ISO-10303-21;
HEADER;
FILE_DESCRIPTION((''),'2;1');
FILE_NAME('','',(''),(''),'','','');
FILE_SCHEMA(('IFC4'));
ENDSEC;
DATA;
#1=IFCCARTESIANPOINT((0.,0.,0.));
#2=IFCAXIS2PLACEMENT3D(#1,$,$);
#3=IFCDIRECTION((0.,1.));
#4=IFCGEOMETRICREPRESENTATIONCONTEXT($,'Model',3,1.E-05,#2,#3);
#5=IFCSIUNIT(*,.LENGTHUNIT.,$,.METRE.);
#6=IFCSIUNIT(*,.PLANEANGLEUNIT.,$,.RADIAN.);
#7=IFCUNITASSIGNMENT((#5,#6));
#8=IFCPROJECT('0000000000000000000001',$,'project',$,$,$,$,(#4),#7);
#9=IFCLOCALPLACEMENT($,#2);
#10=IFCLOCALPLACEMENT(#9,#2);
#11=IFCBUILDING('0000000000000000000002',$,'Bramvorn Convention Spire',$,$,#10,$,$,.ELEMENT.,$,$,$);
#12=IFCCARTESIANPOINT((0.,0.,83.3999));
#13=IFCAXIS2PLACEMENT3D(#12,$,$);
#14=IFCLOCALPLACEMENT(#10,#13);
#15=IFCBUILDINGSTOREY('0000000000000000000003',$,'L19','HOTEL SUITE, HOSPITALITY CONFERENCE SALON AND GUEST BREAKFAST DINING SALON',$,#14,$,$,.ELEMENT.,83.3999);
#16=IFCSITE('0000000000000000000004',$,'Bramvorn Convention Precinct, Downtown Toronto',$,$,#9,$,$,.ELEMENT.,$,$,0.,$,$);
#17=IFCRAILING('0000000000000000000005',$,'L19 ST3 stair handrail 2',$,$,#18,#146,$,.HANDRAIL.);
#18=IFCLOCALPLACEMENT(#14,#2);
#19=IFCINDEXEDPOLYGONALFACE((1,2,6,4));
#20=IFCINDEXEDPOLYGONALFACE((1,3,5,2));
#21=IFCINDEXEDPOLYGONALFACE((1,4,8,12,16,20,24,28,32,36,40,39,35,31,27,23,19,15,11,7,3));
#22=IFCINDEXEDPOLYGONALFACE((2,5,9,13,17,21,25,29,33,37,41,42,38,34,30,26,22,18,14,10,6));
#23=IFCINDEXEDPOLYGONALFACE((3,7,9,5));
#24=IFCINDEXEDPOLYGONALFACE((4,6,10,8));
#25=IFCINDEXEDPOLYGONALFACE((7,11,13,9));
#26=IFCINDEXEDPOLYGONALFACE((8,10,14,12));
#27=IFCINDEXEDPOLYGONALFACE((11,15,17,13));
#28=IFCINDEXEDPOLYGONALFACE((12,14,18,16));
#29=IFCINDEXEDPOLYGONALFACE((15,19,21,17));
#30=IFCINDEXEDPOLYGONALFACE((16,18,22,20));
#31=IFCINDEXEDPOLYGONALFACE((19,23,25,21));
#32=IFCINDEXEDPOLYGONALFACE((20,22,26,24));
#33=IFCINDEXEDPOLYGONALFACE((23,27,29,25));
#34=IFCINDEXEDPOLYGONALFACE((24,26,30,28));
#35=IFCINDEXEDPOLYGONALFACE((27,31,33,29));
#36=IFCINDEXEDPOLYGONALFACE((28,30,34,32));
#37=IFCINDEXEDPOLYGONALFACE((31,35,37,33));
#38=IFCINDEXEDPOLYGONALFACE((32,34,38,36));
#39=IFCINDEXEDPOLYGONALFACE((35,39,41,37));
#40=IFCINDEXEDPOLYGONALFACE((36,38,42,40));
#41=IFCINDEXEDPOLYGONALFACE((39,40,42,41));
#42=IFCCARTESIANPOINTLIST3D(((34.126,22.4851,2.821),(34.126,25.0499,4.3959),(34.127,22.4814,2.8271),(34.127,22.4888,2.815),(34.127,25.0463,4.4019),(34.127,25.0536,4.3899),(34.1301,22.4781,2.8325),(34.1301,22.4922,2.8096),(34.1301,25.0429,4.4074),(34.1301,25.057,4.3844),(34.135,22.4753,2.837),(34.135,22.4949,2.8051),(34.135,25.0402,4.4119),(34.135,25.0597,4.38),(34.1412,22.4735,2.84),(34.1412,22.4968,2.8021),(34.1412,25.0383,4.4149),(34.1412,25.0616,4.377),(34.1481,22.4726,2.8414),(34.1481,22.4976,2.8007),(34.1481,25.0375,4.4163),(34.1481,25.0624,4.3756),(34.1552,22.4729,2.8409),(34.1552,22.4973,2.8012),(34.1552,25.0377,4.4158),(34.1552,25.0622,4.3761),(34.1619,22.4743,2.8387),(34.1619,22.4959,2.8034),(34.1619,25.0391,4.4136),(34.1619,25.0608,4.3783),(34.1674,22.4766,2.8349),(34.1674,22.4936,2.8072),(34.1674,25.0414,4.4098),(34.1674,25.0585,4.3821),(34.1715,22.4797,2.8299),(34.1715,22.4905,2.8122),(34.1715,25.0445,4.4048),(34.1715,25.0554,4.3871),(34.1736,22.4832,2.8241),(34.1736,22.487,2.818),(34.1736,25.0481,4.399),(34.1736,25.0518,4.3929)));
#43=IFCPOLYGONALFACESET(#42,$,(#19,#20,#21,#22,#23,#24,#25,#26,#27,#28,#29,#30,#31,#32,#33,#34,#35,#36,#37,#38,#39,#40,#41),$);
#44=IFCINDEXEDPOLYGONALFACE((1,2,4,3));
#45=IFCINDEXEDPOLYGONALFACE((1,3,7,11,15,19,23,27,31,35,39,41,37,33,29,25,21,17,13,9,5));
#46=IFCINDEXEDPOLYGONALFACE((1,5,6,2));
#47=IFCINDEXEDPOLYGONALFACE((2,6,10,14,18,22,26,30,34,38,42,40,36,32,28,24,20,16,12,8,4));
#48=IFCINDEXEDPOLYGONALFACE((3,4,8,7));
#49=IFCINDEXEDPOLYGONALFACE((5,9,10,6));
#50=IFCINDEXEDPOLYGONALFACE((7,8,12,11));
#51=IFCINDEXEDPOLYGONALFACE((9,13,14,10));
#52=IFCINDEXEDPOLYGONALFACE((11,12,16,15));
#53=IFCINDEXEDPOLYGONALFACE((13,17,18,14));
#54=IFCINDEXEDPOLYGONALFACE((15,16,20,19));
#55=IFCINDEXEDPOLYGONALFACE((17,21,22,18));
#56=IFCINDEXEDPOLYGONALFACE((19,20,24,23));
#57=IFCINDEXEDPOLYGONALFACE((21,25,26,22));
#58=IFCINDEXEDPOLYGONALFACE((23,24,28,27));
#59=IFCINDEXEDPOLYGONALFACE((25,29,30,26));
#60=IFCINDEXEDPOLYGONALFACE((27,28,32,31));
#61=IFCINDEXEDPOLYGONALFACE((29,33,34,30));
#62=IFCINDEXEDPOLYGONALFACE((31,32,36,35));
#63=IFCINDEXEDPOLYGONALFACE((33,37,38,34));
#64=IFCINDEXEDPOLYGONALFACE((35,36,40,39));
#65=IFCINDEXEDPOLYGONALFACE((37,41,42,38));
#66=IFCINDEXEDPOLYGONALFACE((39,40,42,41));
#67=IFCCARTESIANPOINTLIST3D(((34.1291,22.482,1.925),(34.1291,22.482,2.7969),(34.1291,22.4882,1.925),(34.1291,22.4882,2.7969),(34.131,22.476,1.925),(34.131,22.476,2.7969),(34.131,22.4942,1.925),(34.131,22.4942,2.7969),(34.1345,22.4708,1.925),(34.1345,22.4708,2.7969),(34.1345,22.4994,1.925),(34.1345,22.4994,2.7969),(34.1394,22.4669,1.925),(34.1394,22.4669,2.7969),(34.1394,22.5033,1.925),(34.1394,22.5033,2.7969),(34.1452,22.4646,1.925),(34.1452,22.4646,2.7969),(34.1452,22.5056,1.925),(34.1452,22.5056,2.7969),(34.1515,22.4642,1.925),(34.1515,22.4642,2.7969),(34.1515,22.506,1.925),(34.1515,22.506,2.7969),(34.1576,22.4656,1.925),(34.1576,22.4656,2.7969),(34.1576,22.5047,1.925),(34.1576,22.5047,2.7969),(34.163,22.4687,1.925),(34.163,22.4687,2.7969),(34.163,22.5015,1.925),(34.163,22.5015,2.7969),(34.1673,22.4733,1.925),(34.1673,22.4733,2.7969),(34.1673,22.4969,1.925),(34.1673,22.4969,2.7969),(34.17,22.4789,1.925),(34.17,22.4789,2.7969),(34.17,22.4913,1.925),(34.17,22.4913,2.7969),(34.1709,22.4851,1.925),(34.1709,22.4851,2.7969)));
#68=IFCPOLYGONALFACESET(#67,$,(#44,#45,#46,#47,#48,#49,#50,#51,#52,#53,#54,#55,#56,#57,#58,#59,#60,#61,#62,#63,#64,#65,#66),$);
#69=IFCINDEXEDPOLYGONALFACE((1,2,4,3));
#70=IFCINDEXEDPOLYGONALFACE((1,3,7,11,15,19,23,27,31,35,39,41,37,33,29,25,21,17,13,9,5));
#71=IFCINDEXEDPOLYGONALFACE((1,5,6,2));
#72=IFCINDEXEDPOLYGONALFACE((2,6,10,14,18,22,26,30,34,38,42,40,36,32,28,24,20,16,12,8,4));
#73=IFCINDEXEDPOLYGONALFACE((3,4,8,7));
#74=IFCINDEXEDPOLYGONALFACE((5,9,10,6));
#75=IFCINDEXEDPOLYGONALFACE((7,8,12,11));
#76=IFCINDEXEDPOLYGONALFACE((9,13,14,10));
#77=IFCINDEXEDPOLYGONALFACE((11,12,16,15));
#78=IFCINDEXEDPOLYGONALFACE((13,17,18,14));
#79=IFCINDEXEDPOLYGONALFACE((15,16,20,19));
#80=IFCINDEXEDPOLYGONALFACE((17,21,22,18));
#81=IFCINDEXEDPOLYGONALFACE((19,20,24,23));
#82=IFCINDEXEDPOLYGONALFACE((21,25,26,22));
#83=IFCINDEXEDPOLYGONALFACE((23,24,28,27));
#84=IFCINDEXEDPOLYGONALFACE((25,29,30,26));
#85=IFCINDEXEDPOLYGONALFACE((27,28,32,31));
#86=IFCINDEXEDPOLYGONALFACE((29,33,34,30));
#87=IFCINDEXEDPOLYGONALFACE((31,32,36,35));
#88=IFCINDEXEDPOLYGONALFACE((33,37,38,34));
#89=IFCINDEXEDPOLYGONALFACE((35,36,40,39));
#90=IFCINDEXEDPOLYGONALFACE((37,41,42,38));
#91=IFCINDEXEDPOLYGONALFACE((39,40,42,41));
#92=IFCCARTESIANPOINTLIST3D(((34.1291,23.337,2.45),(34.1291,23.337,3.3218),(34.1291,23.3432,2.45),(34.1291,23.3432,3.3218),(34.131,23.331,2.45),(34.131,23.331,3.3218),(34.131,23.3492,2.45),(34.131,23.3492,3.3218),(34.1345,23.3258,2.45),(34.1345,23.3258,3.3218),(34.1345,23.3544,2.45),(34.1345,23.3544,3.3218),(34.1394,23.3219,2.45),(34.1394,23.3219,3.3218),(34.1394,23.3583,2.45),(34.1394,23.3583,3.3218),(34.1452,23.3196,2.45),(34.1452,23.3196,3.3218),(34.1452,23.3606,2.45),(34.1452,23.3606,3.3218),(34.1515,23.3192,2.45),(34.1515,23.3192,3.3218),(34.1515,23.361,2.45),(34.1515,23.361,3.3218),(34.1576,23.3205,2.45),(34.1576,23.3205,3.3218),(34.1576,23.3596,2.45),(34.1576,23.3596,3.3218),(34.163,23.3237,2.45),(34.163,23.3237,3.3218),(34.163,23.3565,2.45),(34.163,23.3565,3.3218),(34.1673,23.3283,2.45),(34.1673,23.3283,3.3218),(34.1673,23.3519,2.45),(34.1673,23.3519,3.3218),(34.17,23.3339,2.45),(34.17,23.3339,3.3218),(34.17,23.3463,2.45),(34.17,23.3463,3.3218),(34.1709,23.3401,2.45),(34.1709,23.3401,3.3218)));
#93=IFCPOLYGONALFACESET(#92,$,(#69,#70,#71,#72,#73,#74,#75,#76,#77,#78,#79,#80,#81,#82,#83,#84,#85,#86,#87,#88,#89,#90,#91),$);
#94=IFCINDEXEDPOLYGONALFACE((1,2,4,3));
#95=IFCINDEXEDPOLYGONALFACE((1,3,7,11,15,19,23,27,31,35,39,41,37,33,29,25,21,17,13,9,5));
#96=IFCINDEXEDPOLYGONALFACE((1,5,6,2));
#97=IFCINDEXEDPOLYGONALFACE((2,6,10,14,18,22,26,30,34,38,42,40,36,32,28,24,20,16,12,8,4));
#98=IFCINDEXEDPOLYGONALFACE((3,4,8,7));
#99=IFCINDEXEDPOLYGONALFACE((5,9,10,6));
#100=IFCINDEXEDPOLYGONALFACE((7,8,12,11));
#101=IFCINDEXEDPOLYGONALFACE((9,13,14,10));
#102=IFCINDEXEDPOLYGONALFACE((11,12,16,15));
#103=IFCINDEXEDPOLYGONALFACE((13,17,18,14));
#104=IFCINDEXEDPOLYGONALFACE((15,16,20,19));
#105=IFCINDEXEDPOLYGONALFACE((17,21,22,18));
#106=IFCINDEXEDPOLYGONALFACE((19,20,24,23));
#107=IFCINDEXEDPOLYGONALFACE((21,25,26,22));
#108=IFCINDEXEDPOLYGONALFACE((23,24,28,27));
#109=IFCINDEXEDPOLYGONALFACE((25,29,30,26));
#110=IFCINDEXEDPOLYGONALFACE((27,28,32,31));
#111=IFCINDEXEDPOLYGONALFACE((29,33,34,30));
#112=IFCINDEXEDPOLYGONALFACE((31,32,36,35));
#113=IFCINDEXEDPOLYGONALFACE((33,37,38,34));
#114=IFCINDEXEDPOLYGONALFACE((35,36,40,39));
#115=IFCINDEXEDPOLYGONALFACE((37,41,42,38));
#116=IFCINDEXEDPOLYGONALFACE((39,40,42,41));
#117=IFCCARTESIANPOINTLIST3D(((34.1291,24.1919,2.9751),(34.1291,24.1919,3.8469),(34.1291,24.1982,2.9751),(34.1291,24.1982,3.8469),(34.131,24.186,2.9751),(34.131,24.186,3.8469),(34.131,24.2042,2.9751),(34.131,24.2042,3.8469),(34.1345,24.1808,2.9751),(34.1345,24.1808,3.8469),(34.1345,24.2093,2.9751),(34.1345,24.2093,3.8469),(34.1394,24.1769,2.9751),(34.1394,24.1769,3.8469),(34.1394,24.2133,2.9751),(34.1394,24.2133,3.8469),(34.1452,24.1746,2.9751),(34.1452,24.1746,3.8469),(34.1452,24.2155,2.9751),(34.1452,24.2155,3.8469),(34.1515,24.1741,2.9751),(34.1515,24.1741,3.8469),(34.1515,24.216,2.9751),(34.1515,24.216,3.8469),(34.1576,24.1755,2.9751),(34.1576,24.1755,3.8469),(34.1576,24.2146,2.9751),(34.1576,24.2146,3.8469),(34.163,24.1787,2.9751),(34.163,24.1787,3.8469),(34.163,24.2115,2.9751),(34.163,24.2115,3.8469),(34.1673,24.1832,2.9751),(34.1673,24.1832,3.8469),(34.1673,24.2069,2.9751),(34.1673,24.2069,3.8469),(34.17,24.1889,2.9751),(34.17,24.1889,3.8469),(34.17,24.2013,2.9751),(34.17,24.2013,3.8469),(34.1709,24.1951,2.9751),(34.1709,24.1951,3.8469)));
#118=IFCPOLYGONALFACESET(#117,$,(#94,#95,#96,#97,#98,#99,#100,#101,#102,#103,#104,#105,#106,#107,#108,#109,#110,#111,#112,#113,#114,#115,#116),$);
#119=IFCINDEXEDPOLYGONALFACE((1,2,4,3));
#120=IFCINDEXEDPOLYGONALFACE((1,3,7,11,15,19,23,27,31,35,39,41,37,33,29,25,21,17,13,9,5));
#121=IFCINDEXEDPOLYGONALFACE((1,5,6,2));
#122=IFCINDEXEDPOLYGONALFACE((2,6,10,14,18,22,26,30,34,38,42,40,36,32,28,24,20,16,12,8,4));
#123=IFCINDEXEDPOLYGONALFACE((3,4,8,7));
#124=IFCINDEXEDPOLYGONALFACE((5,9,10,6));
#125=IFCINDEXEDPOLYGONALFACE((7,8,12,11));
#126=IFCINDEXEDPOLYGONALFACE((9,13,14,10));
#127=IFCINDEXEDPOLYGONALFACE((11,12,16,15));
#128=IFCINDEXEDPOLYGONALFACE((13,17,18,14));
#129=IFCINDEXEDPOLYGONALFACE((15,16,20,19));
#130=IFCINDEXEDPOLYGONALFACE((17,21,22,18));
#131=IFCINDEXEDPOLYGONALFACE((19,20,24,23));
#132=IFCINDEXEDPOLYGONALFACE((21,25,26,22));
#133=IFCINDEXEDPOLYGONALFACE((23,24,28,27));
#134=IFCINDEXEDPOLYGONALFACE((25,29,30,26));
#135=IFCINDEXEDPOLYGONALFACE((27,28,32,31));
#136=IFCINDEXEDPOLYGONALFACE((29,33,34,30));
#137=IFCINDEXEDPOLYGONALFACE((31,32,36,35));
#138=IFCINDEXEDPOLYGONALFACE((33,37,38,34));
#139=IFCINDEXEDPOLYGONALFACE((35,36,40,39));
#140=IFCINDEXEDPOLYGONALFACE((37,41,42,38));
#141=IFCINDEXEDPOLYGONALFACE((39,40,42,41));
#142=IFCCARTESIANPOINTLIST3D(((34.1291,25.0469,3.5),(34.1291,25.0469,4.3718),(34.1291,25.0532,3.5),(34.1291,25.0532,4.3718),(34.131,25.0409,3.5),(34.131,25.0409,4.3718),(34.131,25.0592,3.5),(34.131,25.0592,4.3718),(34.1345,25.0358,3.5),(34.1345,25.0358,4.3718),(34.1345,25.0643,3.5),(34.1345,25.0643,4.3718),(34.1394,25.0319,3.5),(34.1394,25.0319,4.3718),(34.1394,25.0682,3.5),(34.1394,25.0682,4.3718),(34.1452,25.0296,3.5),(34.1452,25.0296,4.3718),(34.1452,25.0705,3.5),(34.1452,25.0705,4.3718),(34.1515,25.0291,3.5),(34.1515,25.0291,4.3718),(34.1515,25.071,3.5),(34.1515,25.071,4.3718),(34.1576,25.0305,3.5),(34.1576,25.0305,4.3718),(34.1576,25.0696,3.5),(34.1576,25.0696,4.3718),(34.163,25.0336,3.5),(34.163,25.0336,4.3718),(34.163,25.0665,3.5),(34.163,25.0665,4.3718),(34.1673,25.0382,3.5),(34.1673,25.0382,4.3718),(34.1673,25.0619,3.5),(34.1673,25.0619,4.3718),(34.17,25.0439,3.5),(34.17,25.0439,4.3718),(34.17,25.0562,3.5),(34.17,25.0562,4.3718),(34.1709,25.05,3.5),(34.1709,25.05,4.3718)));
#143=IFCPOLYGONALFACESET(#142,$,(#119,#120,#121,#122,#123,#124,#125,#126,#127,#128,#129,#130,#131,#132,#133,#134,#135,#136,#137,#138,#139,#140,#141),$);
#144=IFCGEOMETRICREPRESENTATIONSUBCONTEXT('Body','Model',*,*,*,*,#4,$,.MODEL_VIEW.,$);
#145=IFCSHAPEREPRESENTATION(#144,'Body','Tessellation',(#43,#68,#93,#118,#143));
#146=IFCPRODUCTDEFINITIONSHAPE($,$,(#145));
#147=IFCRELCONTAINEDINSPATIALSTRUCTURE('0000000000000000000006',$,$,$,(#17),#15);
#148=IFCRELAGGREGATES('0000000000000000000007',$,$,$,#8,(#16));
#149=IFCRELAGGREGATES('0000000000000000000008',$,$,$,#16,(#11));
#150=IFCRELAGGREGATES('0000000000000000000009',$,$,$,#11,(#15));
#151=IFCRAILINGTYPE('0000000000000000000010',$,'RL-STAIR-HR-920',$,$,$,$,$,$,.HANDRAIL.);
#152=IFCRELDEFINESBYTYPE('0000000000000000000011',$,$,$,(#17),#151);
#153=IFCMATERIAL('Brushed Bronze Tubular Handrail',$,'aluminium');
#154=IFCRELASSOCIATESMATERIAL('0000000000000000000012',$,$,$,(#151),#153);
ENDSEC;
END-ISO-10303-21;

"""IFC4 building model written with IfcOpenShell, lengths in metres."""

from ifc_helpers import new_model, si_unit, direction, frame, origin, origin_2d, place, context, subcontext, project, spatial, circle, extrude, material, type_object, element, save


model = new_model("IFC4")

# Units and contexts
model_context = context("Model", 3, precision=1e-05, world=origin(), true_north=direction((0.0, 1.0)))
body_context = subcontext(model_context, "Body", "Model", "MODEL_VIEW")
ifc_project = project(units=[si_unit("LENGTHUNIT", "METRE"), si_unit("PLANEANGLEUNIT", "RADIAN")], contexts=[model_context])

# Site, building, storey
site_placement = place(None, origin())
site = spatial("IfcSite", under=ifc_project, at=site_placement, Name="Bramvorn Convention Precinct, Downtown Toronto", CompositionType="ELEMENT", RefElevation=0.0)
building_placement = place(site_placement, origin())
building = spatial("IfcBuilding", under=site, at=building_placement, Name="Bramvorn Convention Spire", CompositionType="ELEMENT")
storey_placement = place(building_placement, frame((0.0, 0.0, 83.3999)))
storey = spatial("IfcBuildingStorey", under=building, at=storey_placement, Name="L19", Description="HOTEL SUITE, HOSPITALITY CONFERENCE SALON AND GUEST BREAKFAST DINING SALON", CompositionType="ELEMENT", Elevation=83.3999)

# Railing
ifc_material_1 = material(Name="Brushed Bronze Tubular Handrail", Category="aluminium")
railing_type_1 = type_object("IfcRailingType", Name="RL-STAIR-HR-920", PredefinedType="HANDRAIL", material=ifc_material_1)
for number, where, name in (
    (1, (34.1499, 22.4851, 1.925), "L19 ST3 stair handrail 2"),
):
    element("IfcRailing", number, at=place(storey_placement, frame(where)), inside=storey, type_object=railing_type_1, Name=name, PredefinedType="HANDRAIL", context=body_context, shape_type="SweptSolid", body=[
        extrude(circle(Radius=0.0239, at=origin_2d()), frame((0.0, 0.0, 0.896), z_axis=(0.0, 0.852173, 0.52326), x_axis=(-1.0, 0.0, 0.0)), (0.0, 0.0, 1.0), 3.0098),
        extrude(circle(Radius=0.021, at=origin_2d()), origin(), (0.0, 0.0, 1.0), 0.8718),
        extrude(circle(Radius=0.021, at=origin_2d()), frame((0.0, 0.855, 0.5249)), (0.0, 0.0, 1.0), 0.8718),
        extrude(circle(Radius=0.021, at=origin_2d()), frame((0.0, 1.71, 1.05)), (0.0, 0.0, 1.0), 0.8718),
        extrude(circle(Radius=0.021, at=origin_2d()), frame((0.0, 2.5649, 1.575)), (0.0, 0.0, 1.0), 0.8718),
    ])

save(model, "model.ifc")
